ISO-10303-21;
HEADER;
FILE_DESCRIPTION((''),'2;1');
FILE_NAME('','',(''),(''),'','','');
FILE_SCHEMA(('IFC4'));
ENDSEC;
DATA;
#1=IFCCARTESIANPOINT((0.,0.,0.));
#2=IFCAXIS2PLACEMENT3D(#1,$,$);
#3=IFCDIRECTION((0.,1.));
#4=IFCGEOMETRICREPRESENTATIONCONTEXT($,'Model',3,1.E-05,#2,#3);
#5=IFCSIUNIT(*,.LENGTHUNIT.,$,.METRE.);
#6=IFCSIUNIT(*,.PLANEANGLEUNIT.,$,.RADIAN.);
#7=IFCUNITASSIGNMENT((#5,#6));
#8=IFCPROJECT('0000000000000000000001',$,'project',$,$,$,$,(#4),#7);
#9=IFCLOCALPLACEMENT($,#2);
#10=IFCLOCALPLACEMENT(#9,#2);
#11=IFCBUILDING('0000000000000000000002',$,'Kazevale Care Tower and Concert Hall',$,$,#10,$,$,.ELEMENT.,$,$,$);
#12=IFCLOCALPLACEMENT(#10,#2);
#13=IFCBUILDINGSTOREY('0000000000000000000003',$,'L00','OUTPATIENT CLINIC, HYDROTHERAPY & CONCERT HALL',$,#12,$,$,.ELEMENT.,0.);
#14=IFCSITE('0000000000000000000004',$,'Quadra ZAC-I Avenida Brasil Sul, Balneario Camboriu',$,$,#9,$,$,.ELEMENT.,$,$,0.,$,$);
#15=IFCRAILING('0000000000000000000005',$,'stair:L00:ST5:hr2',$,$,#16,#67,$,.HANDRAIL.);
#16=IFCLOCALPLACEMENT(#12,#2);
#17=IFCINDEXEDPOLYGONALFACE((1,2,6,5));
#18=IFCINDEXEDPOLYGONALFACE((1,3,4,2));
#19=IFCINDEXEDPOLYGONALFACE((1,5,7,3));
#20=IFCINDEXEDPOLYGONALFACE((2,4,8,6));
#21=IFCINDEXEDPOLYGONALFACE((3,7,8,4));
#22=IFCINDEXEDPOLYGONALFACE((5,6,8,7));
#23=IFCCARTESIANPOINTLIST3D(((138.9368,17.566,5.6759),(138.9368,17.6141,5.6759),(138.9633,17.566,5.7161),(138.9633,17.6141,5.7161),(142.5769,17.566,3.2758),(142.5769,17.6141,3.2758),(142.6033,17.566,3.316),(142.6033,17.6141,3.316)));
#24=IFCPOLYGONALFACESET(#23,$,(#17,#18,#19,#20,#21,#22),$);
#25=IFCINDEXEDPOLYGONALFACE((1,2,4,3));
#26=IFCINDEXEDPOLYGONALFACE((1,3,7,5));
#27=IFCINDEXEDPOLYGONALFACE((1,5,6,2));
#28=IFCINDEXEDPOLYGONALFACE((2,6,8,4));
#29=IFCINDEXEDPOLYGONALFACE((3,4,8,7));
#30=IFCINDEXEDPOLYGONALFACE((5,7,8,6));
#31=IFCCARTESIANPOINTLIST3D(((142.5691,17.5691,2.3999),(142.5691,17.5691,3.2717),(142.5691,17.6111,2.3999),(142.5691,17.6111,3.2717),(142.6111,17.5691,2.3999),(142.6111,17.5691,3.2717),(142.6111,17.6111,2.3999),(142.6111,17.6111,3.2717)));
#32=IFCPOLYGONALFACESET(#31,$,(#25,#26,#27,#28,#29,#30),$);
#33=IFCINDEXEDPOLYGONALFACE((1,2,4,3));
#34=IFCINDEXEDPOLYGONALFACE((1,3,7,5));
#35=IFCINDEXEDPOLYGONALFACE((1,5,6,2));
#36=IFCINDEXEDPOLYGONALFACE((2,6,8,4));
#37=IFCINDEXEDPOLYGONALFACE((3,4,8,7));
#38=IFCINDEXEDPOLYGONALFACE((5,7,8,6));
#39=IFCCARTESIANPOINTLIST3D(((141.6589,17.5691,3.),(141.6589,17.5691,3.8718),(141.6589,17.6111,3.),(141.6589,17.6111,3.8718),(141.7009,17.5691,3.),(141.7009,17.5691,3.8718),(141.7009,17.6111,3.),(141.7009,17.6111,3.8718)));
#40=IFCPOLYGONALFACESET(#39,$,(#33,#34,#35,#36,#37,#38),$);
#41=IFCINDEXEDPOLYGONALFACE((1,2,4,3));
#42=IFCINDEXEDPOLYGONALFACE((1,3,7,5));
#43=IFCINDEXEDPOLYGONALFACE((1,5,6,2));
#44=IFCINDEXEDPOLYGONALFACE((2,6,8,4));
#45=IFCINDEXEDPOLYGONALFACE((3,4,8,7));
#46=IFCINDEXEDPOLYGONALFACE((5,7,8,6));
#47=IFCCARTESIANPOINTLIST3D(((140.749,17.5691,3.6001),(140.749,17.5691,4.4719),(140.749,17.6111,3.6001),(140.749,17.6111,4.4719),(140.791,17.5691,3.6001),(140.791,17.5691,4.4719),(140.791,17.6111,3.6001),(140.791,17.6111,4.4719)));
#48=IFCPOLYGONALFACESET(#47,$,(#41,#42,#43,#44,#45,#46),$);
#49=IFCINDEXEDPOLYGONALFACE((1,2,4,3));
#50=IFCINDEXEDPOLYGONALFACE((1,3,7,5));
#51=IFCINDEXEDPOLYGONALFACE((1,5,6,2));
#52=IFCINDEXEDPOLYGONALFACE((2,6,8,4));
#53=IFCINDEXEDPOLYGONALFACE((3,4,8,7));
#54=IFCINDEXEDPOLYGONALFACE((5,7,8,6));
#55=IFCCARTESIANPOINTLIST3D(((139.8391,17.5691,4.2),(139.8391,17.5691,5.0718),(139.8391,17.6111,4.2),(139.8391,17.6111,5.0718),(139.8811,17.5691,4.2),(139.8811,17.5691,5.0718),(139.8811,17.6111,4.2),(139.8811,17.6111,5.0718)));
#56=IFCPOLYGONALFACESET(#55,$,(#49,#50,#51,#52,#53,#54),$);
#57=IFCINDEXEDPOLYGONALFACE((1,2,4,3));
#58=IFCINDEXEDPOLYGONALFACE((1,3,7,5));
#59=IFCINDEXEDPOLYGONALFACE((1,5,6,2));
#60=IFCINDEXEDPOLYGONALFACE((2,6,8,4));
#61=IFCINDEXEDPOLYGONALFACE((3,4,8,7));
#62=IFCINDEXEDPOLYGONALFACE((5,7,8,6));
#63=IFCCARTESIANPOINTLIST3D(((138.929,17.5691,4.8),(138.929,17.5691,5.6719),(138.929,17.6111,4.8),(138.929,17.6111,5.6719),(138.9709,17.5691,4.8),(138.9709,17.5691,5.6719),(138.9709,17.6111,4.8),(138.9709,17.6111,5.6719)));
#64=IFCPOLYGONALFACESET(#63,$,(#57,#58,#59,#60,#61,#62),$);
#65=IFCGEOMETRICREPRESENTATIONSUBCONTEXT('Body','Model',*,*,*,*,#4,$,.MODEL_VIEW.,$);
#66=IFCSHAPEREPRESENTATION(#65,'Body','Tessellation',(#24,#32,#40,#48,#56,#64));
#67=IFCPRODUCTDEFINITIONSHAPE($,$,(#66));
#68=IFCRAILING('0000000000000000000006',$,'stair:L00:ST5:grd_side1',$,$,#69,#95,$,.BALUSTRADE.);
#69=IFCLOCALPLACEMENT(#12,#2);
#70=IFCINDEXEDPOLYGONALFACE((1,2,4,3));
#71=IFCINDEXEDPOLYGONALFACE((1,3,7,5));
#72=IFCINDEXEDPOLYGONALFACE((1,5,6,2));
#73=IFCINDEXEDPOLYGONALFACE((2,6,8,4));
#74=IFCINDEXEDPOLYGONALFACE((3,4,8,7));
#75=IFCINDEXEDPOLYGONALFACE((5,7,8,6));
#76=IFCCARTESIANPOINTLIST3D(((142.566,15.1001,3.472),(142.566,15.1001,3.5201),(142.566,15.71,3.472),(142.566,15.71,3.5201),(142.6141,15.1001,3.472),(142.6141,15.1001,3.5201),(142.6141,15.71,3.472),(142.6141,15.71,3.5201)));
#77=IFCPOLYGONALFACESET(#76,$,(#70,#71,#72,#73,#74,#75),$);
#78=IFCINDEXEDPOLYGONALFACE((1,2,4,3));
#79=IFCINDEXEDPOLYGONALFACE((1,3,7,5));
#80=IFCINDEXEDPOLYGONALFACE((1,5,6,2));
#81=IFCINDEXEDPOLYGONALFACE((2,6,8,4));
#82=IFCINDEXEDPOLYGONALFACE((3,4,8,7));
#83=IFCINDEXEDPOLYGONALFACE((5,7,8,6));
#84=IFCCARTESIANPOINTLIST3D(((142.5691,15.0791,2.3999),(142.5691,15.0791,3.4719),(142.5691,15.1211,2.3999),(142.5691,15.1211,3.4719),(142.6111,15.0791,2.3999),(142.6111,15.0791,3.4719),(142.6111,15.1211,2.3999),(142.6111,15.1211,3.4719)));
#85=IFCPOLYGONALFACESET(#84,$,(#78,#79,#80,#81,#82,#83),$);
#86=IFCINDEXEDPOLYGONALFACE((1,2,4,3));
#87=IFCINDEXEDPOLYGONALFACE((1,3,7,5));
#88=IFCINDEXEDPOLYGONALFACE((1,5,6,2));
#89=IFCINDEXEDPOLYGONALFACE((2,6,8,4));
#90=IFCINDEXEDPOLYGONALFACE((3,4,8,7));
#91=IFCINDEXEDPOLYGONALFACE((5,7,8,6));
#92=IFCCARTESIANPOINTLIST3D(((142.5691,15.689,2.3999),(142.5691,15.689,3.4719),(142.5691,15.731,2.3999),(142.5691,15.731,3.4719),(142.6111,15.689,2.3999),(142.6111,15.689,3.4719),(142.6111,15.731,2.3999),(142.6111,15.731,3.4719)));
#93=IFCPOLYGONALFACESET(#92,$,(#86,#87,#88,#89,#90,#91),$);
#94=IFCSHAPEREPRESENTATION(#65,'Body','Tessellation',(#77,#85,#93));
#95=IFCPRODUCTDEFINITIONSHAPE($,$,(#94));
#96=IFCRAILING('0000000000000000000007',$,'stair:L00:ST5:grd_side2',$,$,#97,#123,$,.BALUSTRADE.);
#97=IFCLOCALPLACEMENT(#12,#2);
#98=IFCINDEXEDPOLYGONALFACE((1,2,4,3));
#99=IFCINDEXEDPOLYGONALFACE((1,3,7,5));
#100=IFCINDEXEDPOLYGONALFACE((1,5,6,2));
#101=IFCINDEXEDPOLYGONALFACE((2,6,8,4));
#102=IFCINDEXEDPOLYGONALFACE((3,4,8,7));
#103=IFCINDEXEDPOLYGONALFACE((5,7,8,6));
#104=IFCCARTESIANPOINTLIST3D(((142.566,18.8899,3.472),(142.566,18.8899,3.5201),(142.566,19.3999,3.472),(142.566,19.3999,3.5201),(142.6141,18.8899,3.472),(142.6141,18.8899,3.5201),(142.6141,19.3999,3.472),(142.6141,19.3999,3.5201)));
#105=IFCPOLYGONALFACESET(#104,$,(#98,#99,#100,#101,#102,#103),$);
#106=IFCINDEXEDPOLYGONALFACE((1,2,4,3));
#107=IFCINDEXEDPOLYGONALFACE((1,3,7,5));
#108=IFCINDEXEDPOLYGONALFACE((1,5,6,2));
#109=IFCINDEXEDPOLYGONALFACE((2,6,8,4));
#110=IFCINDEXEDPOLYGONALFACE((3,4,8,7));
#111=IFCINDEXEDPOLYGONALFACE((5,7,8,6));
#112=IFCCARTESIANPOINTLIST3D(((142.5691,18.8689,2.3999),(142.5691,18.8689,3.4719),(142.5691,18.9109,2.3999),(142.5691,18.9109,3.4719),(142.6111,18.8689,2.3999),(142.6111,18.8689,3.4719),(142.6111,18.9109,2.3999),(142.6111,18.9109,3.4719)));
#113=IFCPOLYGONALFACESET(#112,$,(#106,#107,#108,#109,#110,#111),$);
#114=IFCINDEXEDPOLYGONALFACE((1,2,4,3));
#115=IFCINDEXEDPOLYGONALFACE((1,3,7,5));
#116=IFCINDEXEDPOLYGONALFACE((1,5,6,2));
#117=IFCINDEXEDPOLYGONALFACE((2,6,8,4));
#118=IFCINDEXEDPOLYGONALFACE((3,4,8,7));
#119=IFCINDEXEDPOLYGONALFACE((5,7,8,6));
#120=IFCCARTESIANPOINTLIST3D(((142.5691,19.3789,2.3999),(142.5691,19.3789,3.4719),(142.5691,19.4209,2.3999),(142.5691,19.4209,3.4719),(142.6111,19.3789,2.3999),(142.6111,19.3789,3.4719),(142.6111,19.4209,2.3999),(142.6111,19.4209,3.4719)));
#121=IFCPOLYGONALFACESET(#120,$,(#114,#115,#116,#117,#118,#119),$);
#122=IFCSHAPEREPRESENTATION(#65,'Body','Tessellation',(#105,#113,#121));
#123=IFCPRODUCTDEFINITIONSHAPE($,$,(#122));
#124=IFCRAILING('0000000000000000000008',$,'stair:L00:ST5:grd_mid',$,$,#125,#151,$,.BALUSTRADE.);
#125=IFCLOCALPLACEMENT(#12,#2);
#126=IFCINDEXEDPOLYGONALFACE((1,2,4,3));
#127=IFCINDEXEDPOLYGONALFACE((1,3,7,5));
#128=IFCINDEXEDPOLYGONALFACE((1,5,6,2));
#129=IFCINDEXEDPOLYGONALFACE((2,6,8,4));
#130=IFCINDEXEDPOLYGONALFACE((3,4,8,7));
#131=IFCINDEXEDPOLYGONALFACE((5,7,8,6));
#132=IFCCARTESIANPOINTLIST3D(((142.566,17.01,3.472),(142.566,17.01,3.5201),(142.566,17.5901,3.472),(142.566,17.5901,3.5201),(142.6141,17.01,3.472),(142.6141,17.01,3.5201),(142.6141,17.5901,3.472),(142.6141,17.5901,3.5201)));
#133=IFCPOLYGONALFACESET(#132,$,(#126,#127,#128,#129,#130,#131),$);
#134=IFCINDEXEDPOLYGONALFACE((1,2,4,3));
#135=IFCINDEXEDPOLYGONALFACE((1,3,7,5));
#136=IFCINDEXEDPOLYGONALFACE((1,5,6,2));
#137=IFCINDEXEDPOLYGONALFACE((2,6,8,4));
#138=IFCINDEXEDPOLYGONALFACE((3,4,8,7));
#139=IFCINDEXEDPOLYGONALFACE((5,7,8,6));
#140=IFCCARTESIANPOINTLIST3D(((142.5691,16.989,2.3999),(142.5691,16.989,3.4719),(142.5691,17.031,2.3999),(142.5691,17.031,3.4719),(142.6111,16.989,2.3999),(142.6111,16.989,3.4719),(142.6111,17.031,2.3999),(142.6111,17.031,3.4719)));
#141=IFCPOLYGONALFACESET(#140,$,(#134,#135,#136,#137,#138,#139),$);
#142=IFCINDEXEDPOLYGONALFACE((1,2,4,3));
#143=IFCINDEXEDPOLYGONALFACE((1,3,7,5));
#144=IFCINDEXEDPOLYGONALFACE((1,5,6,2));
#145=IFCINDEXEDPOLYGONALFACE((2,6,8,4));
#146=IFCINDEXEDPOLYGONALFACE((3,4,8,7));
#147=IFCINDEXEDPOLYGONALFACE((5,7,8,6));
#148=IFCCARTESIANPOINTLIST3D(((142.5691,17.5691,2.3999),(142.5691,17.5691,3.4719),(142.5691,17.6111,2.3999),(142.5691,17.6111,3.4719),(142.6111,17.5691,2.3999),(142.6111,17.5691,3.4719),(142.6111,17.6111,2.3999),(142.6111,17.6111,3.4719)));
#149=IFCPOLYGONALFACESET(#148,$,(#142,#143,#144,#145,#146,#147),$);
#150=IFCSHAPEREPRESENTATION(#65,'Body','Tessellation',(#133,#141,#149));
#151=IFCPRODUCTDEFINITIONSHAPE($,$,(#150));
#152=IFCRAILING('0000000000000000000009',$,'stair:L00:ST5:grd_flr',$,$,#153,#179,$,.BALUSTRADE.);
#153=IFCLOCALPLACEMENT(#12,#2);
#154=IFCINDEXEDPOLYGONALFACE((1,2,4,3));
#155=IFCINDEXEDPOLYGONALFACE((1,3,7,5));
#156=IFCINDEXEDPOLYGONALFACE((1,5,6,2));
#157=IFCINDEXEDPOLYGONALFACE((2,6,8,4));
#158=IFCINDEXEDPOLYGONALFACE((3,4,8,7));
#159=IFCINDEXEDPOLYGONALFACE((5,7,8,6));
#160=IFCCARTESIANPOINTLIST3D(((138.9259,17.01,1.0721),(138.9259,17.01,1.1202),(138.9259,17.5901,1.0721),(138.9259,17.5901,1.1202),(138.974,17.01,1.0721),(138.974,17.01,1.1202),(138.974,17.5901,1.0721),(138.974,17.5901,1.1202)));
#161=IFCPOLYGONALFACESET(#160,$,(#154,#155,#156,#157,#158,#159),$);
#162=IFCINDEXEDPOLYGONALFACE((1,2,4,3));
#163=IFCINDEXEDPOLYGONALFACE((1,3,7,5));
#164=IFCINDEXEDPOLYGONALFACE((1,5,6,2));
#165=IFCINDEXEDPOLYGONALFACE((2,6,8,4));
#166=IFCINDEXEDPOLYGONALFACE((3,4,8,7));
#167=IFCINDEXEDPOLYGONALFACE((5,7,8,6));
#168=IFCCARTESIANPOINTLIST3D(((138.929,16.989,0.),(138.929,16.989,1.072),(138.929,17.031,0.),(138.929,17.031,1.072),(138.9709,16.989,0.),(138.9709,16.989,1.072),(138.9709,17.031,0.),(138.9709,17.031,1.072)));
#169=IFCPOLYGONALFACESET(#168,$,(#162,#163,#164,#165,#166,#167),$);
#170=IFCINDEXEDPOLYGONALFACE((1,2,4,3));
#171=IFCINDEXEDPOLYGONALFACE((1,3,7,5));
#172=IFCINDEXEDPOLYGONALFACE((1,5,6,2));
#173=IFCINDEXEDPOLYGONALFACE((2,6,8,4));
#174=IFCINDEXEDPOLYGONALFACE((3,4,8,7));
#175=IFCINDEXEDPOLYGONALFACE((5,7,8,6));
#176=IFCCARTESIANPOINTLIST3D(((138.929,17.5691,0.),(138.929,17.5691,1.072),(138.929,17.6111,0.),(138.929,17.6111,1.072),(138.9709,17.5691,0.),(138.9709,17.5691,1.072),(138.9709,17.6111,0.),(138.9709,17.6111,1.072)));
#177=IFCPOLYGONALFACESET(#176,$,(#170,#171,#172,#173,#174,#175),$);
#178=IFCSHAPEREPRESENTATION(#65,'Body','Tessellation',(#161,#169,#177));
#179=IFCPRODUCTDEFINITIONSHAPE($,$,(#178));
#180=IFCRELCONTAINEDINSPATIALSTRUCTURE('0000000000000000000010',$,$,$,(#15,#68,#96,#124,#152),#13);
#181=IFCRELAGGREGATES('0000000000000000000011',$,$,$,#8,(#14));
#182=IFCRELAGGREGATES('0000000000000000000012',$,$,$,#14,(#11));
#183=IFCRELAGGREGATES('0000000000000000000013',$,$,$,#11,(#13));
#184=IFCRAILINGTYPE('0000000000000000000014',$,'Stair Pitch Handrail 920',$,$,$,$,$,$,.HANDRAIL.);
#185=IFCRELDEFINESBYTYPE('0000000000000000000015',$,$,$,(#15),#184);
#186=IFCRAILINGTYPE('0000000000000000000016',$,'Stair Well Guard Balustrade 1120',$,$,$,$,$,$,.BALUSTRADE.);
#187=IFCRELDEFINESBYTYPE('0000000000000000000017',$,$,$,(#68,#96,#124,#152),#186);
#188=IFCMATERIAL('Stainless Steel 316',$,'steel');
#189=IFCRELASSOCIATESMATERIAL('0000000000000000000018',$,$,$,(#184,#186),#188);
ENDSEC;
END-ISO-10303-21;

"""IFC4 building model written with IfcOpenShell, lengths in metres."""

from ifc_helpers import new_model, si_unit, direction, frame, origin, origin_2d, place, context, subcontext, project, spatial, rectangle, extrude, material, type_object, element, save


model = new_model("IFC4")

# Units and contexts
model_context = context("Model", 3, precision=1e-05, world=origin(), true_north=direction((0.0, 1.0)))
body_context = subcontext(model_context, "Body", "Model", "MODEL_VIEW")
ifc_project = project(units=[si_unit("LENGTHUNIT", "METRE"), si_unit("PLANEANGLEUNIT", "RADIAN")], contexts=[model_context])

# Site, building, storey
site_placement = place(None, origin())
site = spatial("IfcSite", under=ifc_project, at=site_placement, Name="Quadra ZAC-I Avenida Brasil Sul, Balneario Camboriu", CompositionType="ELEMENT", RefElevation=0.0)
building_placement = place(site_placement, origin())
building = spatial("IfcBuilding", under=site, at=building_placement, Name="Kazevale Care Tower and Concert Hall", CompositionType="ELEMENT")
storey_placement = place(building_placement, origin())
storey = spatial("IfcBuildingStorey", under=building, at=storey_placement, Name="L00", Description="OUTPATIENT CLINIC, HYDROTHERAPY & CONCERT HALL", CompositionType="ELEMENT", Elevation=0.0)

# Railings
ifc_material_1 = material(Name="Stainless Steel 316", Category="steel")
railing_type_1 = type_object("IfcRailingType", Name="Stair Pitch Handrail 920", PredefinedType="HANDRAIL", material=ifc_material_1)
railing_1_placement = place(storey_placement, frame((142.5901, 17.5901, 2.3999)))
element("IfcRailing", 1, at=railing_1_placement, inside=storey, type_object=railing_type_1, Name="stair:L00:ST5:hr2", PredefinedType="HANDRAIL", context=body_context, shape_type="SweptSolid", body=[
    extrude(rectangle(XDim=0.0481, YDim=0.0481, at=origin_2d()), frame((0.0, 0.0, 0.896), z_axis=(-0.834856, 0.0, 0.550468), x_axis=(0.0, -1.0, 0.0)), (0.0, 0.0, 1.0), 4.3601),
    extrude(rectangle(XDim=0.042, YDim=0.042, at=origin_2d()), origin(), (0.0, 0.0, 1.0), 0.8718),
    extrude(rectangle(XDim=0.042, YDim=0.042, at=origin_2d()), frame((-0.9102, 0.0, 0.6001)), (0.0, 0.0, 1.0), 0.8718),
    extrude(rectangle(XDim=0.042, YDim=0.042, at=origin_2d()), frame((-1.8201, 0.0, 1.2002)), (0.0, 0.0, 1.0), 0.8718),
    extrude(rectangle(XDim=0.042, YDim=0.042, at=origin_2d()), frame((-2.73, 0.0, 1.8)), (0.0, 0.0, 1.0), 0.8718),
    extrude(rectangle(XDim=0.042, YDim=0.042, at=origin_2d()), frame((-3.6401, 0.0, 2.4001)), (0.0, 0.0, 1.0), 0.8718),
])
railing_type_2 = type_object("IfcRailingType", Name="Stair Well Guard Balustrade 1120", PredefinedType="BALUSTRADE", material=ifc_material_1)
railing_2_placement = place(storey_placement, frame((142.5901, 15.1001, 2.3999)))
element("IfcRailing", 2, at=railing_2_placement, inside=storey, type_object=railing_type_2, Name="stair:L00:ST5:grd_side1", PredefinedType="BALUSTRADE", context=body_context, shape_type="SweptSolid", body=[
    extrude(rectangle(XDim=0.0481, YDim=0.0481, at=origin_2d()), frame((0.0, 0.0, 1.0962), z_axis=(0.0, 1.0, 0.0), x_axis=(-1.0, 0.0, 0.0)), (0.0, 0.0, 1.0), 0.6099),
    extrude(rectangle(XDim=0.042, YDim=0.042, at=origin_2d()), origin(), (0.0, 0.0, 1.0), 1.072),
    extrude(rectangle(XDim=0.042, YDim=0.042, at=origin_2d()), frame((0.0, 0.6099, 0.0)), (0.0, 0.0, 1.0), 1.072),
])
railing_3_placement = place(storey_placement, frame((142.5901, 18.8899, 2.3999)))
element("IfcRailing", 3, at=railing_3_placement, inside=storey, type_object=railing_type_2, Name="stair:L00:ST5:grd_side2", PredefinedType="BALUSTRADE", context=body_context, shape_type="SweptSolid", body=[
    extrude(rectangle(XDim=0.0481, YDim=0.0481, at=origin_2d()), frame((0.0, 0.0, 1.0962), z_axis=(0.0, 1.0, 0.0), x_axis=(-1.0, 0.0, 0.0)), (0.0, 0.0, 1.0), 0.51),
    extrude(rectangle(XDim=0.042, YDim=0.042, at=origin_2d()), origin(), (0.0, 0.0, 1.0), 1.072),
    extrude(rectangle(XDim=0.042, YDim=0.042, at=origin_2d()), frame((0.0, 0.51, 0.0)), (0.0, 0.0, 1.0), 1.072),
])
for number, where, name in (
    (4, (142.5901, 17.01, 2.3999), "stair:L00:ST5:grd_mid"),
    (5, (138.95, 17.01, 0.0), "stair:L00:ST5:grd_flr"),
):
    element("IfcRailing", number, at=place(storey_placement, frame(where)), inside=storey, type_object=railing_type_2, Name=name, PredefinedType="BALUSTRADE", context=body_context, shape_type="SweptSolid", body=[
        extrude(rectangle(XDim=0.0481, YDim=0.0481, at=origin_2d()), frame((0.0, 0.0, 1.0962), z_axis=(0.0, 1.0, 0.0), x_axis=(-1.0, 0.0, 0.0)), (0.0, 0.0, 1.0), 0.5801),
        extrude(rectangle(XDim=0.042, YDim=0.042, at=origin_2d()), origin(), (0.0, 0.0, 1.0), 1.072),
        extrude(rectangle(XDim=0.042, YDim=0.042, at=origin_2d()), frame((0.0, 0.5801, 0.0)), (0.0, 0.0, 1.0), 1.072),
    ])

save(model, "model.ifc")
